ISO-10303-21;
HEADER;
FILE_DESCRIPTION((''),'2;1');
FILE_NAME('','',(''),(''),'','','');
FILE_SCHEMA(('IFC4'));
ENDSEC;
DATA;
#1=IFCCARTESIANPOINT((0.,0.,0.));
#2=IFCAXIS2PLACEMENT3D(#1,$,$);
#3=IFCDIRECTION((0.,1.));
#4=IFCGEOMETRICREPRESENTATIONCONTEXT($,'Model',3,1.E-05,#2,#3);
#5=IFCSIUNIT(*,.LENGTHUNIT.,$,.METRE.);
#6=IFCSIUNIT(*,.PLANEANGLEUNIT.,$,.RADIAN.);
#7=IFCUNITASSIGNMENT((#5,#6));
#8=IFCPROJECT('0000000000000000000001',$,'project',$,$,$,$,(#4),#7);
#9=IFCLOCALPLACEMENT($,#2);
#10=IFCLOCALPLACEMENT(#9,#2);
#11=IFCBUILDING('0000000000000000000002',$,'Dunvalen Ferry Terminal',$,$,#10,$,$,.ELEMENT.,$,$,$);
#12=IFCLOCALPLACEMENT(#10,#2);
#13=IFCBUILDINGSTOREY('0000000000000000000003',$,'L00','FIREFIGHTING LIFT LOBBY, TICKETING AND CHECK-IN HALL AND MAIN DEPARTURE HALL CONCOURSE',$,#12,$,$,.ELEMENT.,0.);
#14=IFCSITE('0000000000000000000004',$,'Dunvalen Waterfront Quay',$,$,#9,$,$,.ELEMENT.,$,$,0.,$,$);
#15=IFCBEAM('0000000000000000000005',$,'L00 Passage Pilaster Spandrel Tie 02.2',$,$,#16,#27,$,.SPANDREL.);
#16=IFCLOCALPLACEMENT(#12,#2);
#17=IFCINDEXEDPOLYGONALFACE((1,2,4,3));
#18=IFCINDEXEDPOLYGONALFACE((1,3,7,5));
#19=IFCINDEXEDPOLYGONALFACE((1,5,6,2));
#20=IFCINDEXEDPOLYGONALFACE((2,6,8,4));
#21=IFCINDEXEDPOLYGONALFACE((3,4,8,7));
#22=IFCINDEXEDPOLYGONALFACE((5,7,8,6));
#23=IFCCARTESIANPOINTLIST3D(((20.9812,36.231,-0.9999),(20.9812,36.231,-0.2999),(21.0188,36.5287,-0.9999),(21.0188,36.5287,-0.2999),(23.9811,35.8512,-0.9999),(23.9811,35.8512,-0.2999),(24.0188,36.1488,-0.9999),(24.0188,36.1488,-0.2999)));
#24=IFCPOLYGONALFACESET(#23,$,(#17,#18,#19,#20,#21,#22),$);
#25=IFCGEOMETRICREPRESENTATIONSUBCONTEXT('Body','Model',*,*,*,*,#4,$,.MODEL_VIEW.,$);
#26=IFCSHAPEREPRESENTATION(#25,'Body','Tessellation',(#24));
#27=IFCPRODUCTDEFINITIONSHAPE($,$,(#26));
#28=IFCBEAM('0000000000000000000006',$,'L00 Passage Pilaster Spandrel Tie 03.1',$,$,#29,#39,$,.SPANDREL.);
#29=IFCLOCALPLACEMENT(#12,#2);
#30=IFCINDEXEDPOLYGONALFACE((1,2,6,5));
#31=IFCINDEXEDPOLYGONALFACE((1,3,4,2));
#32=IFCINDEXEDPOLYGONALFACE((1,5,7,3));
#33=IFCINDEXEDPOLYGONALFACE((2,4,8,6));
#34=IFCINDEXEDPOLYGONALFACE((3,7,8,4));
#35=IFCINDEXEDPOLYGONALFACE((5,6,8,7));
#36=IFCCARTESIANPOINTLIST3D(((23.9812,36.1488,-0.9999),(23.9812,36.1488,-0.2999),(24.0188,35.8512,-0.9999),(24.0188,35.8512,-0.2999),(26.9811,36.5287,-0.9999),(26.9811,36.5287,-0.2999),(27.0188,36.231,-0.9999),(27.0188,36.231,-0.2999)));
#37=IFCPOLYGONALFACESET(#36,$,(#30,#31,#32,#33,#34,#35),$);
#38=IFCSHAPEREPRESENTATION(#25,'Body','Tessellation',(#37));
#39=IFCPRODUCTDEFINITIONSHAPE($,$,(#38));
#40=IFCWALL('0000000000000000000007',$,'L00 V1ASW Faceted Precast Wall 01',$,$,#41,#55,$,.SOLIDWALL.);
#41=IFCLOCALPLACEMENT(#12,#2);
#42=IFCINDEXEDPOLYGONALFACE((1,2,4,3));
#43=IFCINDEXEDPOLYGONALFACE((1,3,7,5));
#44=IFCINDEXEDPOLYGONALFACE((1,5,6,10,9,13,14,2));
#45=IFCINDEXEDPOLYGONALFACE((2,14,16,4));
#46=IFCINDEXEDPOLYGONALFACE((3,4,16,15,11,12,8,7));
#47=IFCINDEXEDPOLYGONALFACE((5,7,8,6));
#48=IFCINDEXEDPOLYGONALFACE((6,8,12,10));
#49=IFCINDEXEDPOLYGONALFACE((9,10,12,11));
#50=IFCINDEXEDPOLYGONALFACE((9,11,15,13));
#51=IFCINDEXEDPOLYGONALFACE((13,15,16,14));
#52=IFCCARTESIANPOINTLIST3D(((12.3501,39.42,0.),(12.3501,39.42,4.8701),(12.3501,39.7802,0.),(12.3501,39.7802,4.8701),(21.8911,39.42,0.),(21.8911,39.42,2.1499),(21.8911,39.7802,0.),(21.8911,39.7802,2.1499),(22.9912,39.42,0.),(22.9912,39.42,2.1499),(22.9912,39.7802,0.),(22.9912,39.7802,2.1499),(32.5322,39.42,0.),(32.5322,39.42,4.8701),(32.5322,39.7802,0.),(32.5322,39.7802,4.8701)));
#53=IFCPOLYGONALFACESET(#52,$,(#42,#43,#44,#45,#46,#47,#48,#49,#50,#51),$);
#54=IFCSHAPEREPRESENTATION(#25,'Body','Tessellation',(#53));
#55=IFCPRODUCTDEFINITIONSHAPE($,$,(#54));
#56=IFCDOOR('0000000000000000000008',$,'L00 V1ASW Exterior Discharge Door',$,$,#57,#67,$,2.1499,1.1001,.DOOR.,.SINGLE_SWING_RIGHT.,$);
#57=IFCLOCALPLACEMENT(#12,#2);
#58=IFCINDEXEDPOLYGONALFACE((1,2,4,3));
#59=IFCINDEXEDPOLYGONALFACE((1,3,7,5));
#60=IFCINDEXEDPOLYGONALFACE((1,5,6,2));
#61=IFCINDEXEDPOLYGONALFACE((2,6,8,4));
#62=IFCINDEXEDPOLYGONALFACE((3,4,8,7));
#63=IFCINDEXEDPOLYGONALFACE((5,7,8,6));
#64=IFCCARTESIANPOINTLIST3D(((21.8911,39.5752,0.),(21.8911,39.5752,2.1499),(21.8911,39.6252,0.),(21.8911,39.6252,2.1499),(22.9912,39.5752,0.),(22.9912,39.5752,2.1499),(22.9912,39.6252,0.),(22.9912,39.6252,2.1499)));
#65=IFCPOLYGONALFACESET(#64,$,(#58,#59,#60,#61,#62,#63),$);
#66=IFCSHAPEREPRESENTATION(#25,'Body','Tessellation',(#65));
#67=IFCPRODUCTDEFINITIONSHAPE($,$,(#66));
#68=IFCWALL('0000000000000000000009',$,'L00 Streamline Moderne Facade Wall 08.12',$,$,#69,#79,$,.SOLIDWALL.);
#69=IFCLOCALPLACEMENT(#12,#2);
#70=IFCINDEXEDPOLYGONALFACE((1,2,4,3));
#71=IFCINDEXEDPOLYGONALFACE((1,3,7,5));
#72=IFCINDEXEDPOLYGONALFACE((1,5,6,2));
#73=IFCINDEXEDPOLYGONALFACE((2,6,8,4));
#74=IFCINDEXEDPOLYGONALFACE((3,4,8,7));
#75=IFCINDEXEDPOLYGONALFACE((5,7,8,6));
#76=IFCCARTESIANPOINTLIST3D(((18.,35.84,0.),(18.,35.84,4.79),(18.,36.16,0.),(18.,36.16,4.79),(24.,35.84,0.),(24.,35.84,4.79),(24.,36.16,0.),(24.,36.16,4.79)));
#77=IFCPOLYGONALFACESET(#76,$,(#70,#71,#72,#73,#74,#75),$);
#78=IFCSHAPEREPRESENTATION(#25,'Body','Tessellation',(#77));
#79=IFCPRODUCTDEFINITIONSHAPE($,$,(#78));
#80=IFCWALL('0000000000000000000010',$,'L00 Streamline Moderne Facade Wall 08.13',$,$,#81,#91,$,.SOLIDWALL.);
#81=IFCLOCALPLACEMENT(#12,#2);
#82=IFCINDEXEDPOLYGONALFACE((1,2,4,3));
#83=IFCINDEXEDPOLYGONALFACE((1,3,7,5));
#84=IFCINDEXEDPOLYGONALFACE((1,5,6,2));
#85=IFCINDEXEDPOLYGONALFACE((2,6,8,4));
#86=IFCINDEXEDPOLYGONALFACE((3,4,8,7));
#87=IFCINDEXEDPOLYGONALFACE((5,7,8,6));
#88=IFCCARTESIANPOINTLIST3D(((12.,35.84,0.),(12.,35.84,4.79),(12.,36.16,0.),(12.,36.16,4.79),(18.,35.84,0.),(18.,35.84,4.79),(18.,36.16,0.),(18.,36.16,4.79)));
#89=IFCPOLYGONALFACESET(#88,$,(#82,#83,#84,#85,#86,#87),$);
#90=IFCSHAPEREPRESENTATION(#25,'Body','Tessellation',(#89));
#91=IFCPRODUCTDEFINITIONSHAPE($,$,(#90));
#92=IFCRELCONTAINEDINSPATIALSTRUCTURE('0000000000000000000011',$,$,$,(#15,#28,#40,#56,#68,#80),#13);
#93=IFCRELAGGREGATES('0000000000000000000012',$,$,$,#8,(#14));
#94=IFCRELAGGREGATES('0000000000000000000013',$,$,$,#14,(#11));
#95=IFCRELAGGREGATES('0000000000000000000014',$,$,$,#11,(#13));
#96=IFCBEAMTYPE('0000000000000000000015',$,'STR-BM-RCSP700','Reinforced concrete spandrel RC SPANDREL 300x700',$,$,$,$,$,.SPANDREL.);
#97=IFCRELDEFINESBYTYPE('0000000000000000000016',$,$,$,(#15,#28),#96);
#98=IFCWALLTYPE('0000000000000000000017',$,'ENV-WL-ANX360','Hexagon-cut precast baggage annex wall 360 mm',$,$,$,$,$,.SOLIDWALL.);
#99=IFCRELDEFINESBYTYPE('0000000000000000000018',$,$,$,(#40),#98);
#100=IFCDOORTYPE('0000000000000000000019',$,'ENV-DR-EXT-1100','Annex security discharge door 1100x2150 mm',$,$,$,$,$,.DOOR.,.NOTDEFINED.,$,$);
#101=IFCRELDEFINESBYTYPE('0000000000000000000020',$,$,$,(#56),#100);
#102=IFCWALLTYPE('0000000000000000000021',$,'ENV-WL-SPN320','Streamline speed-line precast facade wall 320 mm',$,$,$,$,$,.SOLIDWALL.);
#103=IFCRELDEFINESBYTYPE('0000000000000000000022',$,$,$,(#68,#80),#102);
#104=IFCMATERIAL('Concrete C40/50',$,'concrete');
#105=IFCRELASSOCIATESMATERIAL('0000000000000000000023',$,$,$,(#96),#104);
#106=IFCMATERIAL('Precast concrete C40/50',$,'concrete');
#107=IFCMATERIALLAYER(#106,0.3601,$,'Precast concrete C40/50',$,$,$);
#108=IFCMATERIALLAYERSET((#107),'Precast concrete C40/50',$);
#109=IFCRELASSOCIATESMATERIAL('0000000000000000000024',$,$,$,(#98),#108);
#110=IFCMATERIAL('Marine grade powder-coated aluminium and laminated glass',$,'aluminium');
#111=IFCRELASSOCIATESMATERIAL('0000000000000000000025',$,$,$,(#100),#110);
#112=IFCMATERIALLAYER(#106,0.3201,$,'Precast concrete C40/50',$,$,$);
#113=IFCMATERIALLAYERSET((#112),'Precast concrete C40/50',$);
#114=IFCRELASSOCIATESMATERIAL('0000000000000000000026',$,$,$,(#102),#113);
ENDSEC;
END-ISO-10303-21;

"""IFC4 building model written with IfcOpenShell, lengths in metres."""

from ifc_helpers import new_model, si_unit, direction, frame, frame_2d, origin, origin_2d, place, context, subcontext, project, spatial, rectangle, extrude, material, layer, layer_set, material_profile, profile_set, type_object, element, fill, save


model = new_model("IFC4")

# Units and contexts
model_context = context("Model", 3, precision=1e-05, world=origin(), true_north=direction((0.0, 1.0)))
body_context = subcontext(model_context, "Body", "Model", "MODEL_VIEW")
ifc_project = project(units=[si_unit("LENGTHUNIT", "METRE"), si_unit("PLANEANGLEUNIT", "RADIAN")], contexts=[model_context])

# Site, building, storey
site_placement = place(None, origin())
site = spatial("IfcSite", under=ifc_project, at=site_placement, Name="Dunvalen Waterfront Quay", CompositionType="ELEMENT", RefElevation=0.0)
building_placement = place(site_placement, origin())
building = spatial("IfcBuilding", under=site, at=building_placement, Name="Dunvalen Ferry Terminal", CompositionType="ELEMENT")
storey_placement = place(building_placement, origin())
storey = spatial("IfcBuildingStorey", under=building, at=storey_placement, Name="L00", Description="FIREFIGHTING LIFT LOBBY, TICKETING AND CHECK-IN HALL AND MAIN DEPARTURE HALL CONCOURSE", CompositionType="ELEMENT", Elevation=0.0)

# Shared definitions
ifc_material_1 = material(Name="Concrete C40/50", Category="concrete")

# Beams
ifc_material_profile_1 = material_profile(ifc_material_1, rectangle(XDim=0.3, YDim=0.7, at=origin_2d()), Name="Concrete C40/50")
ifc_profile_set_1 = profile_set([ifc_material_profile_1], Name="Concrete C40/50")
beam_type = type_object("IfcBeamType", Name="STR-BM-RCSP700", Description="Reinforced concrete spandrel RC SPANDREL 300x700", PredefinedType="SPANDREL", material=ifc_profile_set_1)
for number, where, z_axis, x_axis, name in (
    (1, (21.0, 36.3799, -0.6499), (0.992078, -0.125624, 0.0), (0.125624, 0.992078, 0.0), "L00 Passage Pilaster Spandrel Tie 02.2"),
    (2, (24.0, 36.0, -0.6499), (0.992078, 0.125624, 0.0), (-0.125624, 0.992078, 0.0), "L00 Passage Pilaster Spandrel Tie 03.1"),
):
    element("IfcBeam", number, at=place(storey_placement, frame(where, z_axis=z_axis, x_axis=x_axis)), inside=storey, type_object=beam_type, Name=name, PredefinedType="SPANDREL", context=body_context, shape_type="SweptSolid", body=[
        extrude(rectangle(XDim=0.3, YDim=0.7, at=origin_2d()), origin(), (0.0, 0.0, 1.0), 3.0239),
    ])

# Wall, opening, door
ifc_material_2 = material(Name="Precast concrete C40/50", Category="concrete")
ifc_layer_1 = layer(ifc_material_2, 0.3601, Name="Precast concrete C40/50")
ifc_layer_set_1 = layer_set([ifc_layer_1], Name="Precast concrete C40/50")
wall_type_1 = type_object("IfcWallType", Name="ENV-WL-ANX360", Description="Hexagon-cut precast baggage annex wall 360 mm", PredefinedType="SOLIDWALL", material=ifc_layer_set_1)
wall_placement = place(storey_placement, frame((12.3501, 39.6001, 0.0), z_axis=(0.0, 0.0, 1.0), x_axis=(1.0, 0.0, 0.0)))
wall = element("IfcWall", 3, at=wall_placement, inside=storey, type_object=wall_type_1, Name="L00 V1ASW Faceted Precast Wall 01", PredefinedType="SOLIDWALL", context=body_context, shape_type="SweptSolid", body=[
    extrude(rectangle(XDim=20.1821, YDim=0.3601, at=frame_2d((10.0911, 0.0))), origin(), (0.0, 0.0, 1.0), 4.8701),
])
opening_placement = place(wall_placement, frame((9.541, 0.0, 0.0)))
opening = element("IfcOpeningElement", 4, at=opening_placement, cuts=wall, PredefinedType="OPENING", context=body_context, shape_type="SweptSolid", body=[
    extrude(rectangle(XDim=1.1001, YDim=2.1499, at=frame_2d((0.55, 1.075))), frame((0.0, 0.1899, 0.0), z_axis=(0.0, -1.0, 0.0), x_axis=(1.0, 0.0, 0.0)), (0.0, 0.0, 1.0), 0.3801),
])
ifc_material_3 = material(Name="Marine grade powder-coated aluminium and laminated glass", Category="aluminium")
door_type = type_object("IfcDoorType", Name="ENV-DR-EXT-1100", Description="Annex security discharge door 1100x2150 mm", OperationType="NOTDEFINED", PredefinedType="DOOR", material=ifc_material_3)
door_placement = place(opening_placement, frame((1.1001, 0.0, 0.0), z_axis=(0.0, 0.0, 1.0), x_axis=(-1.0, 0.0, 0.0)))
door = element("IfcDoor", 5, at=door_placement, inside=storey, type_object=door_type, Name="L00 V1ASW Exterior Discharge Door", OperationType="SINGLE_SWING_RIGHT", OverallHeight=2.1499, OverallWidth=1.1001, PredefinedType="DOOR", context=body_context, shape_type="SweptSolid", body=[
    extrude(rectangle(XDim=1.1001, YDim=2.1499, at=frame_2d((0.55, 1.075))), frame((0.0, 0.0249, 0.0), z_axis=(0.0, -1.0, 0.0), x_axis=(1.0, 0.0, 0.0)), (0.0, 0.0, 1.0), 0.05),
])
fill(opening, door)

# Walls
ifc_layer_2 = layer(ifc_material_2, 0.3201, Name="Precast concrete C40/50")
ifc_layer_set_2 = layer_set([ifc_layer_2], Name="Precast concrete C40/50")
wall_type_2 = type_object("IfcWallType", Name="ENV-WL-SPN320", Description="Streamline speed-line precast facade wall 320 mm", PredefinedType="SOLIDWALL", material=ifc_layer_set_2)
for number, where, z_axis, x_axis, name in (
    (6, (24.0, 36.0, 0.0), (0.0, 0.0, 1.0), (-1.0, 0.0, 0.0), "L00 Streamline Moderne Facade Wall 08.12"),
    (7, (18.0, 36.0, 0.0), (0.0, 0.0, 1.0), (-1.0, 0.0, 0.0), "L00 Streamline Moderne Facade Wall 08.13"),
):
    element("IfcWall", number, at=place(storey_placement, frame(where, z_axis=z_axis, x_axis=x_axis)), inside=storey, type_object=wall_type_2, Name=name, PredefinedType="SOLIDWALL", context=body_context, shape_type="SweptSolid", body=[
        extrude(rectangle(XDim=6.0, YDim=0.3201, at=frame_2d((3.0, 0.0))), origin(), (0.0, 0.0, 1.0), 4.79),
    ])

save(model, "model.ifc")
